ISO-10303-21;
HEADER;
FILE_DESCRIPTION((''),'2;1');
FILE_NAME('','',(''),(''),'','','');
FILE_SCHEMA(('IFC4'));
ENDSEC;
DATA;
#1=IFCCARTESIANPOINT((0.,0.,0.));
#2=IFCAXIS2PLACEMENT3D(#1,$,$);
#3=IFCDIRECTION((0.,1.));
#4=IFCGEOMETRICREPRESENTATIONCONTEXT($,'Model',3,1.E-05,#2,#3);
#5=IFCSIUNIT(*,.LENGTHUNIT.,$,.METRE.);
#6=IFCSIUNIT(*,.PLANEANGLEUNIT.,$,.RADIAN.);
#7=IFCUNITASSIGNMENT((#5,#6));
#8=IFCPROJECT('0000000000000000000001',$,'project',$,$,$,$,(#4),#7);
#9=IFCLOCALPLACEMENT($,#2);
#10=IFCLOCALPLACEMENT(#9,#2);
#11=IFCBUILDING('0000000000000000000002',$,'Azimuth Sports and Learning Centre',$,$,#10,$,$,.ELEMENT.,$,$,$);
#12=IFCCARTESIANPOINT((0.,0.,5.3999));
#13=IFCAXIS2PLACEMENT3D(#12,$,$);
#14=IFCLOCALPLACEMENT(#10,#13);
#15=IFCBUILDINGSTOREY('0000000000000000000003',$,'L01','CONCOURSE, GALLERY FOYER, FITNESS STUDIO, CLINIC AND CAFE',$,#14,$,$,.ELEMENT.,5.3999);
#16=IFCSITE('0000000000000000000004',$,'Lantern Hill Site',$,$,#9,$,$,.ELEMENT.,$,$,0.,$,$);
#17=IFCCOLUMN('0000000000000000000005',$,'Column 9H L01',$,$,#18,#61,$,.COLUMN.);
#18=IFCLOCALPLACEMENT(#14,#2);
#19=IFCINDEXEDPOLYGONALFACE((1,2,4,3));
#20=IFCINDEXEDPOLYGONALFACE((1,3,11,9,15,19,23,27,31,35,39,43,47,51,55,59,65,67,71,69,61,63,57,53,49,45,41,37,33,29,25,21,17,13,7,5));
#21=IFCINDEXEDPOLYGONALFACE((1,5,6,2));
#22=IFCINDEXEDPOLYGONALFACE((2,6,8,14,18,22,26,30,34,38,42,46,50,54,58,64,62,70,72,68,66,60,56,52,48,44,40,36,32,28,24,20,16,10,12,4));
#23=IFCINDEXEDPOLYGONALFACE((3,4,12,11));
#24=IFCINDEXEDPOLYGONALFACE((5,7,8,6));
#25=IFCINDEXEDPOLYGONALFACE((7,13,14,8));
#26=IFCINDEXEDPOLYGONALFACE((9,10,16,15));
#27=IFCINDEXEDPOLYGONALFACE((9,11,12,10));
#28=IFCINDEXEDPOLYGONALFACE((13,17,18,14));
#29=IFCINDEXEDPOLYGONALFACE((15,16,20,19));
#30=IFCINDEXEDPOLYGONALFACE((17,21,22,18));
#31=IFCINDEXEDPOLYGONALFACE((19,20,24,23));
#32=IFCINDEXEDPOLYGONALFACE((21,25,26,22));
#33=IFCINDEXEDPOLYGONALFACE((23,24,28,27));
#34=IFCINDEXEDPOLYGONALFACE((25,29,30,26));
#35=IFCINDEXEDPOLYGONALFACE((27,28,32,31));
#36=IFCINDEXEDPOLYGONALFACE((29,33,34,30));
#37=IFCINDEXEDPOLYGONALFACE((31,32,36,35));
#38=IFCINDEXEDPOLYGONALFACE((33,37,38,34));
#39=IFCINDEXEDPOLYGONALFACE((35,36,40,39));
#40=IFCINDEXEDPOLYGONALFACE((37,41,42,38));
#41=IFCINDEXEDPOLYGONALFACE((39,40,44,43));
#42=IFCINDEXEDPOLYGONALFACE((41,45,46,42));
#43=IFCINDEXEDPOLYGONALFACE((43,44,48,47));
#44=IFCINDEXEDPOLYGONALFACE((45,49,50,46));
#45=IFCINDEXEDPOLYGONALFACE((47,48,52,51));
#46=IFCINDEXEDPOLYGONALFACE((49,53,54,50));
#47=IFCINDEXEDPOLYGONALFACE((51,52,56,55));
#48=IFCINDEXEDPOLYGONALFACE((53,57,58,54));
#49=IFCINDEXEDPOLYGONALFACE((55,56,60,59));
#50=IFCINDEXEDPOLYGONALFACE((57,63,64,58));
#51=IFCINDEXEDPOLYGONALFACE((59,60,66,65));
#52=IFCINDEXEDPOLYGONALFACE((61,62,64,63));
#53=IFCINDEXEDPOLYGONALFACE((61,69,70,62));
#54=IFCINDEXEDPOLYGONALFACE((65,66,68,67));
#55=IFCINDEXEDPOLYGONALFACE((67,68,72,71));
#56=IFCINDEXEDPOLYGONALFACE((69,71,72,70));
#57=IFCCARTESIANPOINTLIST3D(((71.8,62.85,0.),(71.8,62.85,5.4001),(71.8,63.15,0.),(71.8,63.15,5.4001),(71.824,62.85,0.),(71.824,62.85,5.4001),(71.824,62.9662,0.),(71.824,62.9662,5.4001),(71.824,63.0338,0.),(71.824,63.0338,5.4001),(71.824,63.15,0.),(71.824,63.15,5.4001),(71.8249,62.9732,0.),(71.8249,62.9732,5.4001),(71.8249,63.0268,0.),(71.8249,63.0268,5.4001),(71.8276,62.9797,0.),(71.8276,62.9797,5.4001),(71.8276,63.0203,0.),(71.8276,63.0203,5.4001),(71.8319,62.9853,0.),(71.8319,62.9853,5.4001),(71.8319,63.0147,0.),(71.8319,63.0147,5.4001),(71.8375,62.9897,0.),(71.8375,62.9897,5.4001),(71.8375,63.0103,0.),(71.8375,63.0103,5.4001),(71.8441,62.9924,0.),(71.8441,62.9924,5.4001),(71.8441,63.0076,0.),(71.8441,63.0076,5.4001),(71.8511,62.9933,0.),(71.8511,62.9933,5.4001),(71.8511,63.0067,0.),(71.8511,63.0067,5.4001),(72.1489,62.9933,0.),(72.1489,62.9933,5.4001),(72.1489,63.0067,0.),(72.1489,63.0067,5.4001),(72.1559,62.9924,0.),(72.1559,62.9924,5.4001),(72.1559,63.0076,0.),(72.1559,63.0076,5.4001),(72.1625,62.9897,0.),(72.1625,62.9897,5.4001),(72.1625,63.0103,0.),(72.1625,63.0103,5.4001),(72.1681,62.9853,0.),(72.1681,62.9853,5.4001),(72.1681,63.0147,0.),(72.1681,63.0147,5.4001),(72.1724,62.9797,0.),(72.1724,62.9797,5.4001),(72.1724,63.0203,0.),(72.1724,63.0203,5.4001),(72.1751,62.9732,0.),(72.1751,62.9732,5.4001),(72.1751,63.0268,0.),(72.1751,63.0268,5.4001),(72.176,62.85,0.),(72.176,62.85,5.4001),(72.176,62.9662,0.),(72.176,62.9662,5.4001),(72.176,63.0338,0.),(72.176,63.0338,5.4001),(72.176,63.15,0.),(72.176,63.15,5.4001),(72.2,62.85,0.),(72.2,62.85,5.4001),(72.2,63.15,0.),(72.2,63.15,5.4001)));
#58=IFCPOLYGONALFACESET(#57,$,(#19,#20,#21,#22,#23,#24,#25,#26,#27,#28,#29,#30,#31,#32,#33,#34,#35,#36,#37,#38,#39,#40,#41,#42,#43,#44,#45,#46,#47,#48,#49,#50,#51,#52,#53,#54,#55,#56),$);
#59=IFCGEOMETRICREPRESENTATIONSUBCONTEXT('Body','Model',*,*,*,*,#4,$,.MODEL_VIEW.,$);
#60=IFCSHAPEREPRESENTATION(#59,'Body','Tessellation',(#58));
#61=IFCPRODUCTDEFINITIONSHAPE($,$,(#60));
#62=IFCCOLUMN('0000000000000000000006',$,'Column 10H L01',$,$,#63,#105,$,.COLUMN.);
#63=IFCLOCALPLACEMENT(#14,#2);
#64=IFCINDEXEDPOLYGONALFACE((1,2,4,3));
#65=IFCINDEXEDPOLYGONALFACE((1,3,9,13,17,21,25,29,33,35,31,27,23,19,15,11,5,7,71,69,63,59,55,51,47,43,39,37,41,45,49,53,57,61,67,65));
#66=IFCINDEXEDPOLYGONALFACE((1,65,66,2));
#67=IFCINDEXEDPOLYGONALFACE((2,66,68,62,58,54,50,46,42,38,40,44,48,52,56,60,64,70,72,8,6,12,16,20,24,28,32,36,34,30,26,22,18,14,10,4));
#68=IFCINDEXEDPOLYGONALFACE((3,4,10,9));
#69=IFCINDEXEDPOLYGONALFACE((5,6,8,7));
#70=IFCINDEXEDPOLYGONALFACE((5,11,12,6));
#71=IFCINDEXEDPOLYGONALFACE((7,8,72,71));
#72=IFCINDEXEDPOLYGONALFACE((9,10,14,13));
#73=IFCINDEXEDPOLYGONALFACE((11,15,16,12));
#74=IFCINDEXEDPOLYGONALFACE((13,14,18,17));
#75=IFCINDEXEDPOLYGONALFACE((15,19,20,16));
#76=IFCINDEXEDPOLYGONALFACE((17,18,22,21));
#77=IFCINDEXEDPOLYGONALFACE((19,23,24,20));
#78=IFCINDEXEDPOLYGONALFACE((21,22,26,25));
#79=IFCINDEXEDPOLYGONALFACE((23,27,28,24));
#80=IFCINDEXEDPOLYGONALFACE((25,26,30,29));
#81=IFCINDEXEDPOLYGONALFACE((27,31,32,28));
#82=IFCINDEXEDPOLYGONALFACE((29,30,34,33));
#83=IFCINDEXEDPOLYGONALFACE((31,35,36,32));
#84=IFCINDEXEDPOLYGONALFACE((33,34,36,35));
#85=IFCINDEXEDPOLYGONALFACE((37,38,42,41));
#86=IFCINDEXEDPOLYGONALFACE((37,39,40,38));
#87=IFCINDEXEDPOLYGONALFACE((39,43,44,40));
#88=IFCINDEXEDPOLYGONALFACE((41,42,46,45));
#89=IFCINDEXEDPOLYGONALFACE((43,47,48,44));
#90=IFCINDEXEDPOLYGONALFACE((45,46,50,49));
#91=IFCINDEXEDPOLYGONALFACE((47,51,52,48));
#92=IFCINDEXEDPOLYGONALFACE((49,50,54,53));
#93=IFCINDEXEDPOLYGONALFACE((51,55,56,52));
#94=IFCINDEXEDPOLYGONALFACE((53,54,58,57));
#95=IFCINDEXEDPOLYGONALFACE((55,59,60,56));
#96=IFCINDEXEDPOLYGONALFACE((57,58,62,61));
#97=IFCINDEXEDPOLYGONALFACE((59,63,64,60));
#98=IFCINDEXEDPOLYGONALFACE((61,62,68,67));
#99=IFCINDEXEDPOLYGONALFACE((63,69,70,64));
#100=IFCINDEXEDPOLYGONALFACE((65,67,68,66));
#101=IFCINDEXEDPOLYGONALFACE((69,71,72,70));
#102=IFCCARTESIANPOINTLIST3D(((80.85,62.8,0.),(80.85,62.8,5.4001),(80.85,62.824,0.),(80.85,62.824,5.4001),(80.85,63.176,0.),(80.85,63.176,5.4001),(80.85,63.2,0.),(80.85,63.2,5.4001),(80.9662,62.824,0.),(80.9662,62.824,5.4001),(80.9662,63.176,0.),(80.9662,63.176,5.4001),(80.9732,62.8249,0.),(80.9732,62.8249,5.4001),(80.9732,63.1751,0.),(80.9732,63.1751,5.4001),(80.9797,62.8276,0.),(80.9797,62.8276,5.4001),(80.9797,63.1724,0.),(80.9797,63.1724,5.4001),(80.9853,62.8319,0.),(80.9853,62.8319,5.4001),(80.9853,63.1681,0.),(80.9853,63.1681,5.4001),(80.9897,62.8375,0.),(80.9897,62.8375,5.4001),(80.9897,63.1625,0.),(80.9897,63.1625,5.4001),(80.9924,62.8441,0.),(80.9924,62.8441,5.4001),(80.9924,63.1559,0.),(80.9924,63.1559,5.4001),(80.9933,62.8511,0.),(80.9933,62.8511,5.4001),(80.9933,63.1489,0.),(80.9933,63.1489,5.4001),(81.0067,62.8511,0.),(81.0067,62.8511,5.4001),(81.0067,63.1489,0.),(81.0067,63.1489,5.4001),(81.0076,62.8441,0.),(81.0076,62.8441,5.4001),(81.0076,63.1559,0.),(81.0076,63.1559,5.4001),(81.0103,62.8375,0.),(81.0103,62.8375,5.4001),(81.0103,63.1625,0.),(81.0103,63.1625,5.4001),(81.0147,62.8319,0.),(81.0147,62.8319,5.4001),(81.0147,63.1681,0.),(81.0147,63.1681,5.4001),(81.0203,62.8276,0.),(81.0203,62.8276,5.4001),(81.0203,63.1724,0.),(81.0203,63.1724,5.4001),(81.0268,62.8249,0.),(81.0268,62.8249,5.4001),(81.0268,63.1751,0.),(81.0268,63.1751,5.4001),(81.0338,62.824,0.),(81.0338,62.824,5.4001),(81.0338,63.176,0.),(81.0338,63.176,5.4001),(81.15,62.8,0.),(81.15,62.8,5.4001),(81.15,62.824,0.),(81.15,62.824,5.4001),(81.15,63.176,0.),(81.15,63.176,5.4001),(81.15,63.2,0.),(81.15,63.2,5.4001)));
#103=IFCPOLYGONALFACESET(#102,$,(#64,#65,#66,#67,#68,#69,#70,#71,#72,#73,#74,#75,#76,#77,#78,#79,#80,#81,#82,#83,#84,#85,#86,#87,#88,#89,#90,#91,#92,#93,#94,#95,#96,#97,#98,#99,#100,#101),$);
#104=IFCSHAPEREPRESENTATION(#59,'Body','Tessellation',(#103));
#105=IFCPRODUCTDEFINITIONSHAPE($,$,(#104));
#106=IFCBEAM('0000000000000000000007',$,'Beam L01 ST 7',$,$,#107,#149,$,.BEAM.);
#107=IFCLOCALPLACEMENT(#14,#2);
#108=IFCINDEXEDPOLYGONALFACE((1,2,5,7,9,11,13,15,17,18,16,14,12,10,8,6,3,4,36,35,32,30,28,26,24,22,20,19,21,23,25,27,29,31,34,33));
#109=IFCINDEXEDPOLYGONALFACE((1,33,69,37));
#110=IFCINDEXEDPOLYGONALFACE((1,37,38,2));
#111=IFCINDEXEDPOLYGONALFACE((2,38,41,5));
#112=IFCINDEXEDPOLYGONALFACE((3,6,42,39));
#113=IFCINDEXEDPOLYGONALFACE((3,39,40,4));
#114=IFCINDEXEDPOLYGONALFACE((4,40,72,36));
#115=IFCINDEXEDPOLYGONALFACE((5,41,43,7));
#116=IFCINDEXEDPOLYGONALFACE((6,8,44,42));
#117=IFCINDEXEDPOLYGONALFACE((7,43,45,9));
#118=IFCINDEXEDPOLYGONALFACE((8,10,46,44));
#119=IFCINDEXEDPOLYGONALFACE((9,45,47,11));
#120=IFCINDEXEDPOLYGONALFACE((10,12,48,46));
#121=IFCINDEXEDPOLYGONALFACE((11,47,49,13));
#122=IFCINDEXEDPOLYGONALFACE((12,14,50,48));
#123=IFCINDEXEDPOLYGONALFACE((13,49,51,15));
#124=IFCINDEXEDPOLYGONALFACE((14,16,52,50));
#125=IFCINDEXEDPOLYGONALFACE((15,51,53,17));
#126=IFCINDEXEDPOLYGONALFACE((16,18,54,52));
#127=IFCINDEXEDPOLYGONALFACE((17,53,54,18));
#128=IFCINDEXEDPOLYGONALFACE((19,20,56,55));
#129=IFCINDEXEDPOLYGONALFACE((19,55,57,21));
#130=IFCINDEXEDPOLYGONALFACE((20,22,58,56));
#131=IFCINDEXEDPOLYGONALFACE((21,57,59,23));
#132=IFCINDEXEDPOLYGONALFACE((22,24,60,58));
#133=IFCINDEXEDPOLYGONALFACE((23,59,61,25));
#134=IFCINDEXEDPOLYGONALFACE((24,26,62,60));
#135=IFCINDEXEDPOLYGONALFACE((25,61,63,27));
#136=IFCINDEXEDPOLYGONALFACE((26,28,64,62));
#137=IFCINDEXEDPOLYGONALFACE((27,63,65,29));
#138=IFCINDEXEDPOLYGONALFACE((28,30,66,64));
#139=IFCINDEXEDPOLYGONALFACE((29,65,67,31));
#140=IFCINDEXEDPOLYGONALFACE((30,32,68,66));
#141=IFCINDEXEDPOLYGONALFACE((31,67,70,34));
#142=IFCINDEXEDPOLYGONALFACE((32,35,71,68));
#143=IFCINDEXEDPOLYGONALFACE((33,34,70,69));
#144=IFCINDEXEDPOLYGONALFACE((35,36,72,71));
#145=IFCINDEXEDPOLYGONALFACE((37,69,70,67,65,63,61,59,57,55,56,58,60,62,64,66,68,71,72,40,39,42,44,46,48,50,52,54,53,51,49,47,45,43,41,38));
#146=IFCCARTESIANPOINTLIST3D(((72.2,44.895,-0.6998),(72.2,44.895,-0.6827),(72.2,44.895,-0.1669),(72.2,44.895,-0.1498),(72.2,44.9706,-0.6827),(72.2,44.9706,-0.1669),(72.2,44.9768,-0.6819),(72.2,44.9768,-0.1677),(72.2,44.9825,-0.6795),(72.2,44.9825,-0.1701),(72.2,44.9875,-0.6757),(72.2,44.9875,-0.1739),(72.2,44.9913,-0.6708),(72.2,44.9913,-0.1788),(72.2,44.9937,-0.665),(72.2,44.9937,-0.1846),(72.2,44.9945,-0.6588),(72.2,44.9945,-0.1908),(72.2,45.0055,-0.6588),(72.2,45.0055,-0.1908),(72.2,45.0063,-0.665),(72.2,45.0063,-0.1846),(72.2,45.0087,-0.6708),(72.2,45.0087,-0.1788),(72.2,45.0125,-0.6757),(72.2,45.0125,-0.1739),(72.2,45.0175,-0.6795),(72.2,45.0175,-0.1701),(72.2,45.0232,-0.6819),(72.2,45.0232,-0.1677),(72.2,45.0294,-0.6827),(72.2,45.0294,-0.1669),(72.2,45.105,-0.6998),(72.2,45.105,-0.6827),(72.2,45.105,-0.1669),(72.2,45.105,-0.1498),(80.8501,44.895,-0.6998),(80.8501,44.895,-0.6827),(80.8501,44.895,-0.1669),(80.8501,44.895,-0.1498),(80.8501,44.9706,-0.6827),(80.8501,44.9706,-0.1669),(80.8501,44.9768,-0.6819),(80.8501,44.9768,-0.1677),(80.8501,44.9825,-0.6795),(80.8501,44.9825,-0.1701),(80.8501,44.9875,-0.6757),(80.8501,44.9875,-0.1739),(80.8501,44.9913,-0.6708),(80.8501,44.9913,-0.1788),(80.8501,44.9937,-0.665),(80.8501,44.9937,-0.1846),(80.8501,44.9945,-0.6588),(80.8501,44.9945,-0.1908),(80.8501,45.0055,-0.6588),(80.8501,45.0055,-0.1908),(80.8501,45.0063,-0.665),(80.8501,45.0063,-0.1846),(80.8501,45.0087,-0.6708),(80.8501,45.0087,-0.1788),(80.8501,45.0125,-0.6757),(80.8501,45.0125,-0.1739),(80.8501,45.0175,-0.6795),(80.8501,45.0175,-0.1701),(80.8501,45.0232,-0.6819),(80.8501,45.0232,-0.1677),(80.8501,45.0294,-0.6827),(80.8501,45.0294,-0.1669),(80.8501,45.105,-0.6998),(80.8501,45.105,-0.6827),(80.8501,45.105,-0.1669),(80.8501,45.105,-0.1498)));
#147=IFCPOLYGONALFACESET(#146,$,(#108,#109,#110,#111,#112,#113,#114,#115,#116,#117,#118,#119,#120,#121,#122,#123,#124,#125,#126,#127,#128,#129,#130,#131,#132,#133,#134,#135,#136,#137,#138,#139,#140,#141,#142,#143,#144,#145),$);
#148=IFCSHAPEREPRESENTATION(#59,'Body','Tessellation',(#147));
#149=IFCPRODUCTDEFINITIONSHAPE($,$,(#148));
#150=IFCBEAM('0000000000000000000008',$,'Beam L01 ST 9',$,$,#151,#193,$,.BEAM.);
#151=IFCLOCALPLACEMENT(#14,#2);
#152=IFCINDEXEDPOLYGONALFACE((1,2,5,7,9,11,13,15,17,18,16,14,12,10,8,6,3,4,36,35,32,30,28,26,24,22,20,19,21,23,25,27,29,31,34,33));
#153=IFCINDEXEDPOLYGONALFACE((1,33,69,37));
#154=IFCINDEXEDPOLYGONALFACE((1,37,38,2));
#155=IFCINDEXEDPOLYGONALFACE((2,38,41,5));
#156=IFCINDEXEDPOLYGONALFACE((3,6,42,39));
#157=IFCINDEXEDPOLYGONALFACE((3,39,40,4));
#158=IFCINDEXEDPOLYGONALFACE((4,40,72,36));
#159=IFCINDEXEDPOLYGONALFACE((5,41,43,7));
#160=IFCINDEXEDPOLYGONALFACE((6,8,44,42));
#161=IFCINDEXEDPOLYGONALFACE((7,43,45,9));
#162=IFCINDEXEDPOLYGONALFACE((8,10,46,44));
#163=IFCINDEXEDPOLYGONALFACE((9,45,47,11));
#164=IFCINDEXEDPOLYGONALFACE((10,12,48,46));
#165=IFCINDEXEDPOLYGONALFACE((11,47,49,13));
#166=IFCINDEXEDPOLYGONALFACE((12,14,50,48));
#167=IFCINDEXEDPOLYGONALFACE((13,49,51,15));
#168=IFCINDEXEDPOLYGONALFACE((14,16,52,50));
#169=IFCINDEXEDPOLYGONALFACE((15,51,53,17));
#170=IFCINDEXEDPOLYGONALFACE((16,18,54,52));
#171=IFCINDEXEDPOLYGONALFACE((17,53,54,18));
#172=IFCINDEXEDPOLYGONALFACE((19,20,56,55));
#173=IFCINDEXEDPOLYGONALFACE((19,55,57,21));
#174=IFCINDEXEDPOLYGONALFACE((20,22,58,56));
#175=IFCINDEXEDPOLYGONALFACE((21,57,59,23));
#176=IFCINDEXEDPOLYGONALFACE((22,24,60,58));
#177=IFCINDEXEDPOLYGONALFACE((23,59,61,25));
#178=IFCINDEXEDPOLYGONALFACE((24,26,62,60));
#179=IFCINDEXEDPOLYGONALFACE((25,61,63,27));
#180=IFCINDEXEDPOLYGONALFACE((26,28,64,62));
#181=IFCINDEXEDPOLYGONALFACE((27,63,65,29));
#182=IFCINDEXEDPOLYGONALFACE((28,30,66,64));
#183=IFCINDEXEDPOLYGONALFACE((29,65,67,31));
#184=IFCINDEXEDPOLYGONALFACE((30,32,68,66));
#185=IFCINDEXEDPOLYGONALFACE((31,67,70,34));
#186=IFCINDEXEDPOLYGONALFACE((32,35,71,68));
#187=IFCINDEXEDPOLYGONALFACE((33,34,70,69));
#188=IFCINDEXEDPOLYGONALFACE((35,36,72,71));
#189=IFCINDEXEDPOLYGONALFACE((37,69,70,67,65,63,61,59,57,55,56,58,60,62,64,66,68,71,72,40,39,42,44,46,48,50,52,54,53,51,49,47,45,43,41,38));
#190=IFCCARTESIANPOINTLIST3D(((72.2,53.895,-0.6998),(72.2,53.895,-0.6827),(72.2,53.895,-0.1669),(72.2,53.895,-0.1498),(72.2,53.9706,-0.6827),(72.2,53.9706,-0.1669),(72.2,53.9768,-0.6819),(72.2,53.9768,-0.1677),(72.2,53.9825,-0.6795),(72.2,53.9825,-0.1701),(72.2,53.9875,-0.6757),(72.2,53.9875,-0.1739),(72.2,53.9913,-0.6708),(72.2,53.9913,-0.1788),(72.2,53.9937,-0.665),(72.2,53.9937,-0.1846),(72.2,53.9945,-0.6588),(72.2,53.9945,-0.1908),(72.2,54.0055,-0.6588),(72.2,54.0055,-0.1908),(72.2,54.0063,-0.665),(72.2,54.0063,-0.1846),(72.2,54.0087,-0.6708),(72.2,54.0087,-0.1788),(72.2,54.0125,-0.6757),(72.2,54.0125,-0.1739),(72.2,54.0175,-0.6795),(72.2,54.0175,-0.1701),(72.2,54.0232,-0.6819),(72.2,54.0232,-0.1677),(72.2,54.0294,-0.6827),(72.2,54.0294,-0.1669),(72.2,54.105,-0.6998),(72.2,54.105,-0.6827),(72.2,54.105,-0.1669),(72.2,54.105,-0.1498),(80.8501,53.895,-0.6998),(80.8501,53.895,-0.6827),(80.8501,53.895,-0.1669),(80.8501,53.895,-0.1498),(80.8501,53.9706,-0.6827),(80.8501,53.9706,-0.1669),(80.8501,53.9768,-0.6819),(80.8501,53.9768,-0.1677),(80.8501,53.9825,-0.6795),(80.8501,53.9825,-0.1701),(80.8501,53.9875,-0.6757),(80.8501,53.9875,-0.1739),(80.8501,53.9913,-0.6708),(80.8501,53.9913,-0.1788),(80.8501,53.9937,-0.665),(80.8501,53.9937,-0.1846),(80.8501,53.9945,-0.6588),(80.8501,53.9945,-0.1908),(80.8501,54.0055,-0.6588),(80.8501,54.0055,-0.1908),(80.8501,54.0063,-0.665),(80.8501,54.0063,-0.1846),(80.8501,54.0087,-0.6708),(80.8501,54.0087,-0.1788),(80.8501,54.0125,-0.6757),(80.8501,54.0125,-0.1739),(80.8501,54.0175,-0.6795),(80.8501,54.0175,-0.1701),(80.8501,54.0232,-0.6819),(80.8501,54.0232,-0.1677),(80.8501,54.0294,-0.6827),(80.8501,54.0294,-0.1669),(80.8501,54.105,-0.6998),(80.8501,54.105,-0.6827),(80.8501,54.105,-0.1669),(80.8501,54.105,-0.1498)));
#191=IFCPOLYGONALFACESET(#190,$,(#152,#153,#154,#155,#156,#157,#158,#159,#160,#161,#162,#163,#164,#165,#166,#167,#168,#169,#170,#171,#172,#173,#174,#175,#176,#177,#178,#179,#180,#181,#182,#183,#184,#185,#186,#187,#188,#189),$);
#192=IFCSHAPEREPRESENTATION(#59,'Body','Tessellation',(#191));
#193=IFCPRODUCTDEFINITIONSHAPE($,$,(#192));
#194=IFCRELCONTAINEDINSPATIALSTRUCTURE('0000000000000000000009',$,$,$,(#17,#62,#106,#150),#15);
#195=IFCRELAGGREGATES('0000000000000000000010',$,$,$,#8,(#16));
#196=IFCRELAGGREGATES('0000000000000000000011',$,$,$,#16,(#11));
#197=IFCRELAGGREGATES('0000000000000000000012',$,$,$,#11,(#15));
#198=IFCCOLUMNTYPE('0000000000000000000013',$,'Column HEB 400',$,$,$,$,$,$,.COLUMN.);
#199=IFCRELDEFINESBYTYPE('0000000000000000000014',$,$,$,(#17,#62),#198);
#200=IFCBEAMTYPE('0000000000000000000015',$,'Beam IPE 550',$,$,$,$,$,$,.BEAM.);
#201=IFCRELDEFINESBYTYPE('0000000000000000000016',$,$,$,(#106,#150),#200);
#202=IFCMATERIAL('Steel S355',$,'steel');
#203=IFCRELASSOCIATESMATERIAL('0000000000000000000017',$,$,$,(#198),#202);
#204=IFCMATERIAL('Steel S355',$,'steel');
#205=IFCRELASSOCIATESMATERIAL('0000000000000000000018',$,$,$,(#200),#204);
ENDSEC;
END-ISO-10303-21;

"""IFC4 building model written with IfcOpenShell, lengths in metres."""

from ifc_helpers import new_model, si_unit, direction, frame, origin, origin_2d, place, context, subcontext, project, spatial, i_section, extrude, material, material_profile, profile_set, type_object, element, save


model = new_model("IFC4")

# Units and contexts
model_context = context("Model", 3, precision=1e-05, world=origin(), true_north=direction((0.0, 1.0)))
body_context = subcontext(model_context, "Body", "Model", "MODEL_VIEW")
ifc_project = project(units=[si_unit("LENGTHUNIT", "METRE"), si_unit("PLANEANGLEUNIT", "RADIAN")], contexts=[model_context])

# Site, building, storey
site_placement = place(None, origin())
site = spatial("IfcSite", under=ifc_project, at=site_placement, Name="Lantern Hill Site", CompositionType="ELEMENT", RefElevation=0.0)
building_placement = place(site_placement, origin())
building = spatial("IfcBuilding", under=site, at=building_placement, Name="Azimuth Sports and Learning Centre", CompositionType="ELEMENT")
storey_placement = place(building_placement, frame((0.0, 0.0, 5.3999)))
storey = spatial("IfcBuildingStorey", under=building, at=storey_placement, Name="L01", Description="CONCOURSE, GALLERY FOYER, FITNESS STUDIO, CLINIC AND CAFE", CompositionType="ELEMENT", Elevation=5.3999)

# Columns
ifc_material_1 = material(Name="Steel S355", Category="steel")
ifc_material_profile_1 = material_profile(ifc_material_1, i_section(OverallWidth=0.3, OverallDepth=0.3999, WebThickness=0.0134, FlangeThickness=0.0239, FilletRadius=0.0271, at=origin_2d()), Name="HEB 400")
ifc_profile_set_1 = profile_set([ifc_material_profile_1], Name="Steel S355")
column_type = type_object("IfcColumnType", Name="Column HEB 400", PredefinedType="COLUMN", material=ifc_profile_set_1)
for number, where, z_axis, x_axis, name in (
    (1, (72.0, 63.0, 0.0), (0.0, 0.0, 1.0), (0.0, 1.0, 0.0), "Column 9H L01"),
    (2, (81.0, 63.0, 0.0), (0.0, 0.0, 1.0), (1.0, 0.0, 0.0), "Column 10H L01"),
):
    element("IfcColumn", number, at=place(storey_placement, frame(where, z_axis=z_axis, x_axis=x_axis)), inside=storey, type_object=column_type, Name=name, PredefinedType="COLUMN", context=body_context, shape_type="SweptSolid", body=[
        extrude(i_section(OverallWidth=0.3, OverallDepth=0.3999, WebThickness=0.0134, FlangeThickness=0.0239, FilletRadius=0.0271, at=origin_2d()), origin(), (0.0, 0.0, 1.0), 5.4001),
    ])

# Beams
ifc_material_2 = material(Name="Steel S355", Category="steel")
ifc_material_profile_2 = material_profile(ifc_material_2, i_section(OverallWidth=0.21, OverallDepth=0.55, WebThickness=0.011, FlangeThickness=0.0171, FilletRadius=0.0239, at=origin_2d()), Name="IPE 550")
ifc_profile_set_2 = profile_set([ifc_material_profile_2], Name="Steel S355")
beam_type_1 = type_object("IfcBeamType", Name="Beam IPE 550", PredefinedType="BEAM", material=ifc_profile_set_2)
for number, where, z_axis, x_axis, name in (
    (3, (72.2, 45.0, -0.4248), (1.0, 0.0, 0.0), (0.0, 1.0, 0.0), "Beam L01 ST 7"),
    (4, (72.2, 54.0, -0.4248), (1.0, 0.0, 0.0), (0.0, 1.0, 0.0), "Beam L01 ST 9"),
):
    element("IfcBeam", number, at=place(storey_placement, frame(where, z_axis=z_axis, x_axis=x_axis)), inside=storey, type_object=beam_type_1, Name=name, PredefinedType="BEAM", context=body_context, shape_type="SweptSolid", body=[
        extrude(i_section(OverallWidth=0.21, OverallDepth=0.55, WebThickness=0.011, FlangeThickness=0.0171, FilletRadius=0.0239, at=origin_2d()), origin(), (0.0, 0.0, 1.0), 8.6501),
    ])

save(model, "model.ifc")
